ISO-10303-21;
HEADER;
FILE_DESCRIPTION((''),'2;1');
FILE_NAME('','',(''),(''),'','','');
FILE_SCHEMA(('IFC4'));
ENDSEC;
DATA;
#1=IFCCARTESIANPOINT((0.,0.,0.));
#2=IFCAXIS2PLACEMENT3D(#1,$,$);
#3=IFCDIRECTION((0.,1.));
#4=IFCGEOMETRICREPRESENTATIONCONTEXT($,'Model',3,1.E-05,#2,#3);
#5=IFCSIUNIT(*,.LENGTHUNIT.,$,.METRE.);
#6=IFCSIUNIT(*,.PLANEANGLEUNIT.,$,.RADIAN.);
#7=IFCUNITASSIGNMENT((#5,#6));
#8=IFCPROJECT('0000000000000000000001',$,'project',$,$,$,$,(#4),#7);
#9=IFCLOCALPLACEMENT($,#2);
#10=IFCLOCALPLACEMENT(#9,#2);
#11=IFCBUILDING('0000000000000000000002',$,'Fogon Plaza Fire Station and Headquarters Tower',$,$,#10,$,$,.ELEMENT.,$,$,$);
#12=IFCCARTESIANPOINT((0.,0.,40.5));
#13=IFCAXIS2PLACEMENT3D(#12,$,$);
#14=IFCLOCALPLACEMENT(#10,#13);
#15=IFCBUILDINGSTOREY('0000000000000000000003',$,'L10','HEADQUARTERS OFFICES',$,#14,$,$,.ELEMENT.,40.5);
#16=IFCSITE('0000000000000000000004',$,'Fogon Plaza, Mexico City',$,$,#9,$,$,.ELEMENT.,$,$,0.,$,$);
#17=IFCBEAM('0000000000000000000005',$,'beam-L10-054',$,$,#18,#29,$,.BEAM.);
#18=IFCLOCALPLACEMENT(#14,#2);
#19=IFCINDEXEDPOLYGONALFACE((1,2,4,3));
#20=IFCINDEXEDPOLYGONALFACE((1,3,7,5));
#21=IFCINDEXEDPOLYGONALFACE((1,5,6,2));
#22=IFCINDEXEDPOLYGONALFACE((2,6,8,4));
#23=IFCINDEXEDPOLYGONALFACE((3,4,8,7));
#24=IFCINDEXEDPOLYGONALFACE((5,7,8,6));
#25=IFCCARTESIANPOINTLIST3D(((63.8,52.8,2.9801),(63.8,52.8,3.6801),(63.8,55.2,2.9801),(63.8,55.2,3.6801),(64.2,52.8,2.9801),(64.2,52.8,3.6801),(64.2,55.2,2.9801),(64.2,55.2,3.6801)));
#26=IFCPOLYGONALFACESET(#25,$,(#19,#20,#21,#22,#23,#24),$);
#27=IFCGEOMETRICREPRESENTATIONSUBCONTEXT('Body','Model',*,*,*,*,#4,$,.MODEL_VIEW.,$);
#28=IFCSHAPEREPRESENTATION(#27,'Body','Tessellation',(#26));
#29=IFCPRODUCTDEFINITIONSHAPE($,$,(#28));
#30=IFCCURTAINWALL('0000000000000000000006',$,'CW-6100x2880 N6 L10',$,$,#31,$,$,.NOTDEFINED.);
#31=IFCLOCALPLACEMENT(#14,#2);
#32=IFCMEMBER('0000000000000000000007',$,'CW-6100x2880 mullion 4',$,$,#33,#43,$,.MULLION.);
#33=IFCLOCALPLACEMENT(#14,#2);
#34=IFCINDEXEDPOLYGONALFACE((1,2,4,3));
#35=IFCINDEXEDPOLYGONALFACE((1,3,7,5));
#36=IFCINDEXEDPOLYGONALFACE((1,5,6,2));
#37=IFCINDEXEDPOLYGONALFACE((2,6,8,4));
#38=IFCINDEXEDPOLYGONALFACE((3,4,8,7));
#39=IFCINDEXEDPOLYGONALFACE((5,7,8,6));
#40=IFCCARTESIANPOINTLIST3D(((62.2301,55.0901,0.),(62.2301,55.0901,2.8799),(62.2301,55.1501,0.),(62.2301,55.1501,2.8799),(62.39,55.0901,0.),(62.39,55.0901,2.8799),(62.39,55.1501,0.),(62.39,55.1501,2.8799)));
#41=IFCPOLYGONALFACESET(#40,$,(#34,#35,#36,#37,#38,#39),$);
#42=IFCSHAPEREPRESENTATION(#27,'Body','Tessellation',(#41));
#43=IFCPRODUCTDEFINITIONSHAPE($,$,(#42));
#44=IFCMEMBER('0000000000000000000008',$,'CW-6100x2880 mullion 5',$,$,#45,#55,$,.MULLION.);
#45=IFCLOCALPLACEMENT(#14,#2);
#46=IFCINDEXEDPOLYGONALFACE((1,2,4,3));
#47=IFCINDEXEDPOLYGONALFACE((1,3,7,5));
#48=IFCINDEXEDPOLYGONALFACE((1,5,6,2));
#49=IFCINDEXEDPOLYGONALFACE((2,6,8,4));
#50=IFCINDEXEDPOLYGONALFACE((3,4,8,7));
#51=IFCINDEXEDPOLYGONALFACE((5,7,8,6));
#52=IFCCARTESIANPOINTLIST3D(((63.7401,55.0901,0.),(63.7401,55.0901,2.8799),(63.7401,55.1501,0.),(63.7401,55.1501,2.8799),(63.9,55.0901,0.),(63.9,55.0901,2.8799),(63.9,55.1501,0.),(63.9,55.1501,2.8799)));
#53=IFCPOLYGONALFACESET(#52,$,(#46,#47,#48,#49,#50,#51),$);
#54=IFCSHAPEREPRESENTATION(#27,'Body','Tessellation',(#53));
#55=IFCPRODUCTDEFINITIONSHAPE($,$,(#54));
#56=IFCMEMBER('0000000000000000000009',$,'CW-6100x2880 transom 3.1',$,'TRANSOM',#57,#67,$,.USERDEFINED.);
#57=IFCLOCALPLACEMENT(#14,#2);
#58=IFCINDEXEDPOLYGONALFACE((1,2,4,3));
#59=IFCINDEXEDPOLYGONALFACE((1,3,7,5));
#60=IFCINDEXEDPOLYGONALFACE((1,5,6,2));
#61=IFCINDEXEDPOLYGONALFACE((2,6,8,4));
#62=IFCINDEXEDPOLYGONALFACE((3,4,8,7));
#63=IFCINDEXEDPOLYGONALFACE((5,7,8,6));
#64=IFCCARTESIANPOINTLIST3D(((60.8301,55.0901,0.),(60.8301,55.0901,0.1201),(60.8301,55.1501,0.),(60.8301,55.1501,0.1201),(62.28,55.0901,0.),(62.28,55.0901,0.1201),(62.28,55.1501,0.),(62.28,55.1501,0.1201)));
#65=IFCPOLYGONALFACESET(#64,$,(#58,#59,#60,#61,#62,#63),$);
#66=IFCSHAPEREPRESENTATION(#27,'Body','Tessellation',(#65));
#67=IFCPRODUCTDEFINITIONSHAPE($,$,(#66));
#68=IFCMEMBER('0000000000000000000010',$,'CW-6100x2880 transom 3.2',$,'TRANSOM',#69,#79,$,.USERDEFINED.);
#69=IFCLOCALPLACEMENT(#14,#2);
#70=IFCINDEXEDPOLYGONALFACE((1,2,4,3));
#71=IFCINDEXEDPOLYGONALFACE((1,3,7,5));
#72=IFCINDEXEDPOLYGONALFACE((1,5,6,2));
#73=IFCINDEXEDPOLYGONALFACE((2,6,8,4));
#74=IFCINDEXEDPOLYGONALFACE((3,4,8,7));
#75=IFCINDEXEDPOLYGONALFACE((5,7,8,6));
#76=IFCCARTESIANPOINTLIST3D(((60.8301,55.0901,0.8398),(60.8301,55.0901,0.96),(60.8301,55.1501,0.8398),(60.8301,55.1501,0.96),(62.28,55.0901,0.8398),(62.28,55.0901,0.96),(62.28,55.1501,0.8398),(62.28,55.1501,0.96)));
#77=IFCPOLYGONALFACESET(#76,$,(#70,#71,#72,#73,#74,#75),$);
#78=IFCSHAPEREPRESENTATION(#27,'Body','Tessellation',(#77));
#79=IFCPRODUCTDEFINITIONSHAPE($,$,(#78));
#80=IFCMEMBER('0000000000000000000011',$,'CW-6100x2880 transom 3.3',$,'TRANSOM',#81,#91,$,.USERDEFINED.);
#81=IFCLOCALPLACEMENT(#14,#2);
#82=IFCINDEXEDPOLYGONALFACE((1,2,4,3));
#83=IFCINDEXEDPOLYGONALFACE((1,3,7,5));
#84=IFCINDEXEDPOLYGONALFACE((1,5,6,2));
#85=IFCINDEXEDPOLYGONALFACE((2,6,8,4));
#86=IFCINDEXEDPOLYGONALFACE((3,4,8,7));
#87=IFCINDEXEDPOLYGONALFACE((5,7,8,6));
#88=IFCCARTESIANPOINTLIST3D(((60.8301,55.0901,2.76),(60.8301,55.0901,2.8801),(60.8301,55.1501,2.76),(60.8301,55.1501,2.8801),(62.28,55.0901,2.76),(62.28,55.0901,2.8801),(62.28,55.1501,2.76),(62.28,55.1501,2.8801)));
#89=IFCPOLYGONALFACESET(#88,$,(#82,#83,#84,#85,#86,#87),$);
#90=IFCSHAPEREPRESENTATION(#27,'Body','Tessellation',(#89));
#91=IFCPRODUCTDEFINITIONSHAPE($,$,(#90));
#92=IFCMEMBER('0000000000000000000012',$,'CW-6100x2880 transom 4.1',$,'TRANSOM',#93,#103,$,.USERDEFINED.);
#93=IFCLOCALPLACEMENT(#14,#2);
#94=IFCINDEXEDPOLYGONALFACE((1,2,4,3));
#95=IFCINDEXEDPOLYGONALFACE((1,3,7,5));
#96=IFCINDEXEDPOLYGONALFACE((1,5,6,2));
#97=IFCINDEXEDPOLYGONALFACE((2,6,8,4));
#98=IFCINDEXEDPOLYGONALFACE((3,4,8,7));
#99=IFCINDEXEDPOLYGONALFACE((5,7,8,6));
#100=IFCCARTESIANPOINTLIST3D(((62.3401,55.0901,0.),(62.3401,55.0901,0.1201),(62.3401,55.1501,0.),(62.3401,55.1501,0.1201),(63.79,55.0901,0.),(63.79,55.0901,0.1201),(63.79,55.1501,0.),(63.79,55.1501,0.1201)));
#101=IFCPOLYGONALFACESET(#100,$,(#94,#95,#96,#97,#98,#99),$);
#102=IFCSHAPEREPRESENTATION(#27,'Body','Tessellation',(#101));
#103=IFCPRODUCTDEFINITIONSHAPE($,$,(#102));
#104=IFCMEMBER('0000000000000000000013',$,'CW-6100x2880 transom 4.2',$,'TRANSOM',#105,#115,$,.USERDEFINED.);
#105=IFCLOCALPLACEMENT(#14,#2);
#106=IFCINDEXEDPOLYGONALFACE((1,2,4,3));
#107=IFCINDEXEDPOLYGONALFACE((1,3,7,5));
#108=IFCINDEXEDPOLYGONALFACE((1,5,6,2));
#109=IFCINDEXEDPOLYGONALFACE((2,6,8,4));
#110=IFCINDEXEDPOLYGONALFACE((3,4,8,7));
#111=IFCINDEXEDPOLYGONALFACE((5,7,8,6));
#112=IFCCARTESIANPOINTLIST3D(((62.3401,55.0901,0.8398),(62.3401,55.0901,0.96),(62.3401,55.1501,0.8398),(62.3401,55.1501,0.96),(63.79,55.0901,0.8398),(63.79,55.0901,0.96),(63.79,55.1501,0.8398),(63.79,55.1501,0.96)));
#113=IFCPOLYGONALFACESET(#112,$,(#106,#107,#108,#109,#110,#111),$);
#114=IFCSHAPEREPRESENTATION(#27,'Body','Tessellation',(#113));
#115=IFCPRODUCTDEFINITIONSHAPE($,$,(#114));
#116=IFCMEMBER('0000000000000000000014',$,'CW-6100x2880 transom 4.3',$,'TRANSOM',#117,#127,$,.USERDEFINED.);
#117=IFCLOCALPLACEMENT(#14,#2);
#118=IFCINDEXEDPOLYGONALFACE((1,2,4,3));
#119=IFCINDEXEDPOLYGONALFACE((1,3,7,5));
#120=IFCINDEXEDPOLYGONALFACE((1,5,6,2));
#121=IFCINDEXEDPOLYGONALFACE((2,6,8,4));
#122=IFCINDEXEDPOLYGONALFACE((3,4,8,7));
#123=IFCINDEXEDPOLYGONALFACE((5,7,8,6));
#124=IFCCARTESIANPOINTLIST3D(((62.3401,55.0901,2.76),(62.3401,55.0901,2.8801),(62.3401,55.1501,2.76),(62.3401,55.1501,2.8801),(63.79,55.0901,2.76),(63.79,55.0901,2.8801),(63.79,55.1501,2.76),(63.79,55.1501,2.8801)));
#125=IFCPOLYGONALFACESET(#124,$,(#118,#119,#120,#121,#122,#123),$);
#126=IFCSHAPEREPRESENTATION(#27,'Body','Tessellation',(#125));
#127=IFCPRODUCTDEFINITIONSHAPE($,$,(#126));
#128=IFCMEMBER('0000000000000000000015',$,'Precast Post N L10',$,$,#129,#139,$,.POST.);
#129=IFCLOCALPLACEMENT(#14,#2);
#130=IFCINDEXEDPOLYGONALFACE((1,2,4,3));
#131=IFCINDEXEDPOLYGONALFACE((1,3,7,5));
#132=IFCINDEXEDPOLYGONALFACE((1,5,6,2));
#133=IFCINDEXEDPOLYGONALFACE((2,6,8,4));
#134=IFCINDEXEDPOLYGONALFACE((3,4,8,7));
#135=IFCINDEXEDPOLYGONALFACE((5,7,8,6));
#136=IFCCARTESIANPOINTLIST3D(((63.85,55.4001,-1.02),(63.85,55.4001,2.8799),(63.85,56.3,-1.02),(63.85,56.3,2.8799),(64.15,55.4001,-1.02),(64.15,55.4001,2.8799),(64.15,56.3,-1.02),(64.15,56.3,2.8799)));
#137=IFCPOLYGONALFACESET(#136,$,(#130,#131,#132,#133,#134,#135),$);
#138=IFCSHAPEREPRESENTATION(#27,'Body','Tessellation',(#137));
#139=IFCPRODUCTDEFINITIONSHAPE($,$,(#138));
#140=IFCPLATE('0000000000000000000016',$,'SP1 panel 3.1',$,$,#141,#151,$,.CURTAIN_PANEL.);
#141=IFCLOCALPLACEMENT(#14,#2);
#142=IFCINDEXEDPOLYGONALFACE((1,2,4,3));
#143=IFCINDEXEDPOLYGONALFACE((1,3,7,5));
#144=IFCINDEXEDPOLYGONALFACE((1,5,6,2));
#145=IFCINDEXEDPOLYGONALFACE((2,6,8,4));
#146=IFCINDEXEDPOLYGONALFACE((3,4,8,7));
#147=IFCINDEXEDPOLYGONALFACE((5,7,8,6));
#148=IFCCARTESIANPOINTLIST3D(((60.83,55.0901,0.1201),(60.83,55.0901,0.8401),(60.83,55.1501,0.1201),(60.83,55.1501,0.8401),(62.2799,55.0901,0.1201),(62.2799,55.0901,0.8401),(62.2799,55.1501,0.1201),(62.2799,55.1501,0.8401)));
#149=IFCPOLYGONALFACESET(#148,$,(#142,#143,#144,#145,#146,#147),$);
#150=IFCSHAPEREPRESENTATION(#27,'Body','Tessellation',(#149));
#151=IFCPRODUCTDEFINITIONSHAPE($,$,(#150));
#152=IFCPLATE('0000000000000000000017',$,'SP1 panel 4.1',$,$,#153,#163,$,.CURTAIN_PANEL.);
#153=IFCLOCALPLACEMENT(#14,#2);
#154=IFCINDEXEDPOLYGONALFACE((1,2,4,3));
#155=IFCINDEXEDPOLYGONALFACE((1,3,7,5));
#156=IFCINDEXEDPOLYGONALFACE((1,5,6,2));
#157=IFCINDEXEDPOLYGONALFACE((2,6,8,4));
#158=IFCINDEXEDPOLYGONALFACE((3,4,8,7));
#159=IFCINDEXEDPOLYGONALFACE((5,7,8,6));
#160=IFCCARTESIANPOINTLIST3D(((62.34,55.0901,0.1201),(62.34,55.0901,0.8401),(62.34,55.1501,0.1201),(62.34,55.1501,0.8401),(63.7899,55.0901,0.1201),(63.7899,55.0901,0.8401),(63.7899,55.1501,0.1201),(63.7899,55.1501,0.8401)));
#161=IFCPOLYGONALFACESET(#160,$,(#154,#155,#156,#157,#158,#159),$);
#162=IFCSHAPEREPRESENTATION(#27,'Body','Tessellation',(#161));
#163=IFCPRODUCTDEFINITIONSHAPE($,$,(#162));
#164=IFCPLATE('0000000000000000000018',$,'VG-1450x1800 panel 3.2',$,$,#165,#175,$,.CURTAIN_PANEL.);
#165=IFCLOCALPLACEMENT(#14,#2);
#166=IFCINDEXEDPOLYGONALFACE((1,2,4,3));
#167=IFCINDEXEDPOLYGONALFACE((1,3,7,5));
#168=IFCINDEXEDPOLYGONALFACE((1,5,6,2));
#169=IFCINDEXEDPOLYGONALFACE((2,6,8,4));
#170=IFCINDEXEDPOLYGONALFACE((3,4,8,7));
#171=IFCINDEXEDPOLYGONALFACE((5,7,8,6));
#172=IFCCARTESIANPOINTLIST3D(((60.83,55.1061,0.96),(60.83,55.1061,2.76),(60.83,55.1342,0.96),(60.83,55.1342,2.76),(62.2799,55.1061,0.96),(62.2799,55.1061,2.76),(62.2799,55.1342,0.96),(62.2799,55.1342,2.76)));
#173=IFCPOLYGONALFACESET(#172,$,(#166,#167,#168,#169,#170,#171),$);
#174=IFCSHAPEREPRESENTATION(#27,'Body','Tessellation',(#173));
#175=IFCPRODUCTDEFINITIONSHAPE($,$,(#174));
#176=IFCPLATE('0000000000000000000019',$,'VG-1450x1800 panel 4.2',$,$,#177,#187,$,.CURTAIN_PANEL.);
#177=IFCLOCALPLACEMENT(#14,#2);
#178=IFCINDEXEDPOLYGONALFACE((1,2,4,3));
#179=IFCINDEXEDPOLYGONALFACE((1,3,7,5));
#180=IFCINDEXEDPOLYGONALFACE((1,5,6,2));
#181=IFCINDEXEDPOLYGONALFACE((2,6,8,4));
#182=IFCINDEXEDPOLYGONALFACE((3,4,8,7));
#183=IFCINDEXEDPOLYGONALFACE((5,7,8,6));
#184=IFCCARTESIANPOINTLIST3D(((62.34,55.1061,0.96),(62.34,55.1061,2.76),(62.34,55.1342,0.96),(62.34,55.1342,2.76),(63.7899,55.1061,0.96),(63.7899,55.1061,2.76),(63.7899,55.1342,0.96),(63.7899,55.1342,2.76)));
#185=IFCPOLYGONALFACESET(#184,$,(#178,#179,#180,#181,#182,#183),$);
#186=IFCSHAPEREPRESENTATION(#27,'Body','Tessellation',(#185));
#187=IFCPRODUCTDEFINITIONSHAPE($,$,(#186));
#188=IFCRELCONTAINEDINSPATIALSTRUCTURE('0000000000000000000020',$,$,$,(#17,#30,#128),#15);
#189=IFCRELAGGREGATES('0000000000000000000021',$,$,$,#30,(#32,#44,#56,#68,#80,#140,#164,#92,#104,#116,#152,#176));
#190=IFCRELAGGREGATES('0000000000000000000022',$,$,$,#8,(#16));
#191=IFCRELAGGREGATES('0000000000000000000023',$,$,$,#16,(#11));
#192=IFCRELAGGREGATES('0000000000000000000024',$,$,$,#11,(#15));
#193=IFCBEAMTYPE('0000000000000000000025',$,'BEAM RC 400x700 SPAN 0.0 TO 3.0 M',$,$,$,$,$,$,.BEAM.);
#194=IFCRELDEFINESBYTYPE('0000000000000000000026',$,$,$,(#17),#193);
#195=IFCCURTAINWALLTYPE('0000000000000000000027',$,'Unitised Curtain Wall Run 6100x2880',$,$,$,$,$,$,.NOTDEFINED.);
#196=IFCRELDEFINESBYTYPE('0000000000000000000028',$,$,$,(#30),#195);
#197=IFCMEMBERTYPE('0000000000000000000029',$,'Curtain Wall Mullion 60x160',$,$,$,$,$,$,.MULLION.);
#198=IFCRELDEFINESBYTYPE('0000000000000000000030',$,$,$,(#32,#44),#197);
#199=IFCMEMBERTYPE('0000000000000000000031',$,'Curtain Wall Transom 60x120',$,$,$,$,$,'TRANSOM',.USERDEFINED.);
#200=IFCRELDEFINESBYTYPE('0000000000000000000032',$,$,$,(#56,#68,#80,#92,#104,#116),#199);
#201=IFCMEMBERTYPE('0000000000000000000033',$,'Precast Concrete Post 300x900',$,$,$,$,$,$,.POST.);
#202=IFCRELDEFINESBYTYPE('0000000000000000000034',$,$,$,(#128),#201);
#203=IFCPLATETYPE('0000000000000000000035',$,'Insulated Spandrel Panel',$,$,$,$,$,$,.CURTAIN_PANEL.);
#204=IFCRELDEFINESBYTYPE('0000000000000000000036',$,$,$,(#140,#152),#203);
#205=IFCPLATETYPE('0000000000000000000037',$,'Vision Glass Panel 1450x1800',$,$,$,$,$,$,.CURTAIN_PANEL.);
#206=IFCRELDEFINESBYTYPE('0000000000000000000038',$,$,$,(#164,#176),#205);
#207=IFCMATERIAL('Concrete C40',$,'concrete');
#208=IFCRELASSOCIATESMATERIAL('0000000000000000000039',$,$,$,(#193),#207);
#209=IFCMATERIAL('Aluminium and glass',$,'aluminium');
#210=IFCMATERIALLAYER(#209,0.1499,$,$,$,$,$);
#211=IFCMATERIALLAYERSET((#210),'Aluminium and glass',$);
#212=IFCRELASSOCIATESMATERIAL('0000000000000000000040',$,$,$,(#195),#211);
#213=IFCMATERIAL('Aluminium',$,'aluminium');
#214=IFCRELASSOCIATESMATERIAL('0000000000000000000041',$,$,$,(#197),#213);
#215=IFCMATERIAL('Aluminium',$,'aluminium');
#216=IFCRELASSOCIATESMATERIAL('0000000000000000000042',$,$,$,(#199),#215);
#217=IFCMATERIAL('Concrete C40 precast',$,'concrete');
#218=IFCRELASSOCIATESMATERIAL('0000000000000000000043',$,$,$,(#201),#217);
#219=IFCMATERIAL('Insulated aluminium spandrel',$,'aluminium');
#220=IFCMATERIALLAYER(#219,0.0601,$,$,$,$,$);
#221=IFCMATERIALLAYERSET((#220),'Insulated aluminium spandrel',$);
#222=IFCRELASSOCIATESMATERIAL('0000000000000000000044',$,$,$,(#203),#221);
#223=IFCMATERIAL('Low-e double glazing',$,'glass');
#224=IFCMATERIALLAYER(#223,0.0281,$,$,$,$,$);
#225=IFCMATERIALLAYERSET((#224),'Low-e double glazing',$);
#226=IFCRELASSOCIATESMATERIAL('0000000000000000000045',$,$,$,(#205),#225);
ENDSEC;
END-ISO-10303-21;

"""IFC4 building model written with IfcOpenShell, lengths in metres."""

from ifc_helpers import new_model, si_unit, direction, frame, origin, origin_2d, place, context, subcontext, project, spatial, rectangle, extrude, material, layer, layer_set, material_profile, profile_set, type_object, element, aggregate, save


model = new_model("IFC4")

# Units and contexts
model_context = context("Model", 3, precision=1e-05, world=origin(), true_north=direction((0.0, 1.0)))
body_context = subcontext(model_context, "Body", "Model", "MODEL_VIEW")
ifc_project = project(units=[si_unit("LENGTHUNIT", "METRE"), si_unit("PLANEANGLEUNIT", "RADIAN")], contexts=[model_context])

# Site, building, storey
site_placement = place(None, origin())
site = spatial("IfcSite", under=ifc_project, at=site_placement, Name="Fogon Plaza, Mexico City", CompositionType="ELEMENT", RefElevation=0.0)
building_placement = place(site_placement, origin())
building = spatial("IfcBuilding", under=site, at=building_placement, Name="Fogon Plaza Fire Station and Headquarters Tower", CompositionType="ELEMENT")
storey_placement = place(building_placement, frame((0.0, 0.0, 40.5)))
storey = spatial("IfcBuildingStorey", under=building, at=storey_placement, Name="L10", Description="HEADQUARTERS OFFICES", CompositionType="ELEMENT", Elevation=40.5)

# Beam
ifc_material_1 = material(Name="Concrete C40", Category="concrete")
ifc_material_profile_1 = material_profile(ifc_material_1, rectangle(XDim=0.3999, YDim=0.7, at=origin_2d()), Name="RC 400x700")
ifc_profile_set_1 = profile_set([ifc_material_profile_1], Name="Concrete C40")
beam_type = type_object("IfcBeamType", Name="BEAM RC 400x700 SPAN 0.0 TO 3.0 M", PredefinedType="BEAM", material=ifc_profile_set_1)
beam_placement = place(storey_placement, frame((64.0, 52.8, 3.3301), z_axis=(0.0, 1.0, 0.0), x_axis=(-1.0, 0.0, 0.0)))
element("IfcBeam", 1, at=beam_placement, inside=storey, type_object=beam_type, Name="beam-L10-054", PredefinedType="BEAM", context=body_context, shape_type="SweptSolid", body=[
    extrude(rectangle(XDim=0.3999, YDim=0.7, at=origin_2d()), origin(), (0.0, 0.0, 1.0), 2.3999),
])

# Curtain wall, members
ifc_material_2 = material(Name="Aluminium and glass", Category="aluminium")
ifc_layer_1 = layer(ifc_material_2, 0.1499)
ifc_layer_set_1 = layer_set([ifc_layer_1], Name="Aluminium and glass")
curtain_wall_type = type_object("IfcCurtainWallType", Name="Unitised Curtain Wall Run 6100x2880", PredefinedType="NOTDEFINED", material=ifc_layer_set_1)
curtain_wall_placement = place(storey_placement, origin())
curtain_wall = element("IfcCurtainWall", 2, at=curtain_wall_placement, inside=storey, type_object=curtain_wall_type, Name="CW-6100x2880 N6 L10", PredefinedType="NOTDEFINED")
ifc_material_3 = material(Name="Aluminium", Category="aluminium")
ifc_material_profile_2 = material_profile(ifc_material_3, rectangle(XDim=0.0601, YDim=0.1599, at=origin_2d()), Name="Curtain Wall Mullion 60x160")
ifc_profile_set_2 = profile_set([ifc_material_profile_2], Name="Aluminium")
member_type_1 = type_object("IfcMemberType", Name="Curtain Wall Mullion 60x160", PredefinedType="MULLION", material=ifc_profile_set_2)
member_1_placement = place(storey_placement, frame((62.3101, 55.1201, 0.0), z_axis=(0.0, 0.0, 1.0), x_axis=(0.0, 1.0, 0.0)))
member_1 = element("IfcMember", 3, at=member_1_placement, type_object=member_type_1, Name="CW-6100x2880 mullion 4", PredefinedType="MULLION", context=body_context, shape_type="SweptSolid", body=[
    extrude(rectangle(XDim=0.0601, YDim=0.1599, at=origin_2d()), origin(), (0.0, 0.0, 1.0), 2.8799),
])
member_2_placement = place(storey_placement, frame((63.8201, 55.1201, 0.0), z_axis=(0.0, 0.0, 1.0), x_axis=(0.0, 1.0, 0.0)))
member_2 = element("IfcMember", 4, at=member_2_placement, type_object=member_type_1, Name="CW-6100x2880 mullion 5", PredefinedType="MULLION", context=body_context, shape_type="SweptSolid", body=[
    extrude(rectangle(XDim=0.0601, YDim=0.1599, at=origin_2d()), origin(), (0.0, 0.0, 1.0), 2.8799),
])
ifc_material_4 = material(Name="Aluminium", Category="aluminium")
ifc_material_profile_3 = material_profile(ifc_material_4, rectangle(XDim=0.0601, YDim=0.1201, at=origin_2d()), Name="Curtain Wall Transom 60x120")
ifc_profile_set_3 = profile_set([ifc_material_profile_3], Name="Aluminium")
member_type_2 = type_object("IfcMemberType", Name="Curtain Wall Transom 60x120", ElementType="TRANSOM", PredefinedType="USERDEFINED", material=ifc_profile_set_3)
member_3_placement = place(storey_placement, frame((60.8301, 55.1201, 0.0601), z_axis=(1.0, 0.0, 0.0), x_axis=(0.0, 1.0, 0.0)))
member_3 = element("IfcMember", 5, at=member_3_placement, type_object=member_type_2, Name="CW-6100x2880 transom 3.1", ObjectType="TRANSOM", PredefinedType="USERDEFINED", context=body_context, shape_type="SweptSolid", body=[
    extrude(rectangle(XDim=0.0601, YDim=0.1201, at=origin_2d()), origin(), (0.0, 0.0, 1.0), 1.45),
])
member_4_placement = place(storey_placement, frame((60.8301, 55.1201, 0.8999), z_axis=(1.0, 0.0, 0.0), x_axis=(0.0, 1.0, 0.0)))
member_4 = element("IfcMember", 6, at=member_4_placement, type_object=member_type_2, Name="CW-6100x2880 transom 3.2", ObjectType="TRANSOM", PredefinedType="USERDEFINED", context=body_context, shape_type="SweptSolid", body=[
    extrude(rectangle(XDim=0.0601, YDim=0.1201, at=origin_2d()), origin(), (0.0, 0.0, 1.0), 1.45),
])
member_5_placement = place(storey_placement, frame((60.8301, 55.1201, 2.8201), z_axis=(1.0, 0.0, 0.0), x_axis=(0.0, 1.0, 0.0)))
member_5 = element("IfcMember", 7, at=member_5_placement, type_object=member_type_2, Name="CW-6100x2880 transom 3.3", ObjectType="TRANSOM", PredefinedType="USERDEFINED", context=body_context, shape_type="SweptSolid", body=[
    extrude(rectangle(XDim=0.0601, YDim=0.1201, at=origin_2d()), origin(), (0.0, 0.0, 1.0), 1.45),
])
member_6_placement = place(storey_placement, frame((62.3401, 55.1201, 0.0601), z_axis=(1.0, 0.0, 0.0), x_axis=(0.0, 1.0, 0.0)))
member_6 = element("IfcMember", 8, at=member_6_placement, type_object=member_type_2, Name="CW-6100x2880 transom 4.1", ObjectType="TRANSOM", PredefinedType="USERDEFINED", context=body_context, shape_type="SweptSolid", body=[
    extrude(rectangle(XDim=0.0601, YDim=0.1201, at=origin_2d()), origin(), (0.0, 0.0, 1.0), 1.45),
])
member_7_placement = place(storey_placement, frame((62.3401, 55.1201, 0.8999), z_axis=(1.0, 0.0, 0.0), x_axis=(0.0, 1.0, 0.0)))
member_7 = element("IfcMember", 9, at=member_7_placement, type_object=member_type_2, Name="CW-6100x2880 transom 4.2", ObjectType="TRANSOM", PredefinedType="USERDEFINED", context=body_context, shape_type="SweptSolid", body=[
    extrude(rectangle(XDim=0.0601, YDim=0.1201, at=origin_2d()), origin(), (0.0, 0.0, 1.0), 1.45),
])
member_8_placement = place(storey_placement, frame((62.3401, 55.1201, 2.8201), z_axis=(1.0, 0.0, 0.0), x_axis=(0.0, 1.0, 0.0)))
member_8 = element("IfcMember", 10, at=member_8_placement, type_object=member_type_2, Name="CW-6100x2880 transom 4.3", ObjectType="TRANSOM", PredefinedType="USERDEFINED", context=body_context, shape_type="SweptSolid", body=[
    extrude(rectangle(XDim=0.0601, YDim=0.1201, at=origin_2d()), origin(), (0.0, 0.0, 1.0), 1.45),
])

# Member
ifc_material_5 = material(Name="Concrete C40 precast", Category="concrete")
ifc_material_profile_4 = material_profile(ifc_material_5, rectangle(XDim=0.3, YDim=0.8999, at=origin_2d()), Name="Precast Concrete Post 300x900")
ifc_profile_set_4 = profile_set([ifc_material_profile_4], Name="Concrete C40 precast")
member_type_3 = type_object("IfcMemberType", Name="Precast Concrete Post 300x900", PredefinedType="POST", material=ifc_profile_set_4)
member_9_placement = place(storey_placement, frame((64.0, 55.8501, -1.02), z_axis=(0.0, 0.0, 1.0), x_axis=(1.0, 0.0, 0.0)))
element("IfcMember", 11, at=member_9_placement, inside=storey, type_object=member_type_3, Name="Precast Post N L10", PredefinedType="POST", context=body_context, shape_type="SweptSolid", body=[
    extrude(rectangle(XDim=0.3, YDim=0.8999, at=origin_2d()), origin(), (0.0, 0.0, 1.0), 3.8999),
])

# Plates
ifc_material_6 = material(Name="Insulated aluminium spandrel", Category="aluminium")
ifc_layer_2 = layer(ifc_material_6, 0.0601)
ifc_layer_set_2 = layer_set([ifc_layer_2], Name="Insulated aluminium spandrel")
plate_type_1 = type_object("IfcPlateType", Name="Insulated Spandrel Panel", PredefinedType="CURTAIN_PANEL", material=ifc_layer_set_2)
plate_1_placement = place(storey_placement, frame((61.5549, 55.1201, 0.1201), z_axis=(0.0, 0.0, 1.0), x_axis=(1.0, 0.0, 0.0)))
plate_1 = element("IfcPlate", 12, at=plate_1_placement, type_object=plate_type_1, Name="SP1 panel 3.1", PredefinedType="CURTAIN_PANEL", context=body_context, shape_type="SweptSolid", body=[
    extrude(rectangle(XDim=1.45, YDim=0.0601, at=origin_2d()), origin(), (0.0, 0.0, 1.0), 0.72),
])
plate_2_placement = place(storey_placement, frame((63.0649, 55.1201, 0.1201), z_axis=(0.0, 0.0, 1.0), x_axis=(1.0, 0.0, 0.0)))
plate_2 = element("IfcPlate", 13, at=plate_2_placement, type_object=plate_type_1, Name="SP1 panel 4.1", PredefinedType="CURTAIN_PANEL", context=body_context, shape_type="SweptSolid", body=[
    extrude(rectangle(XDim=1.45, YDim=0.0601, at=origin_2d()), origin(), (0.0, 0.0, 1.0), 0.72),
])
ifc_material_7 = material(Name="Low-e double glazing", Category="glass")
ifc_layer_3 = layer(ifc_material_7, 0.0281)
ifc_layer_set_3 = layer_set([ifc_layer_3], Name="Low-e double glazing")
plate_type_2 = type_object("IfcPlateType", Name="Vision Glass Panel 1450x1800", PredefinedType="CURTAIN_PANEL", material=ifc_layer_set_3)
plate_3_placement = place(storey_placement, frame((61.5549, 55.1201, 0.96), z_axis=(0.0, 0.0, 1.0), x_axis=(1.0, 0.0, 0.0)))
plate_3 = element("IfcPlate", 14, at=plate_3_placement, type_object=plate_type_2, Name="VG-1450x1800 panel 3.2", PredefinedType="CURTAIN_PANEL", context=body_context, shape_type="SweptSolid", body=[
    extrude(rectangle(XDim=1.45, YDim=0.0281, at=origin_2d()), origin(), (0.0, 0.0, 1.0), 1.8),
])
plate_4_placement = place(storey_placement, frame((63.0649, 55.1201, 0.96), z_axis=(0.0, 0.0, 1.0), x_axis=(1.0, 0.0, 0.0)))
plate_4 = element("IfcPlate", 15, at=plate_4_placement, type_object=plate_type_2, Name="VG-1450x1800 panel 4.2", PredefinedType="CURTAIN_PANEL", context=body_context, shape_type="SweptSolid", body=[
    extrude(rectangle(XDim=1.45, YDim=0.0281, at=origin_2d()), origin(), (0.0, 0.0, 1.0), 1.8),
])
aggregate(curtain_wall, [member_1, member_2, member_3, member_4, member_5, plate_1, plate_3, member_6, member_7, member_8, plate_2, plate_4])

save(model, "model.ifc")
